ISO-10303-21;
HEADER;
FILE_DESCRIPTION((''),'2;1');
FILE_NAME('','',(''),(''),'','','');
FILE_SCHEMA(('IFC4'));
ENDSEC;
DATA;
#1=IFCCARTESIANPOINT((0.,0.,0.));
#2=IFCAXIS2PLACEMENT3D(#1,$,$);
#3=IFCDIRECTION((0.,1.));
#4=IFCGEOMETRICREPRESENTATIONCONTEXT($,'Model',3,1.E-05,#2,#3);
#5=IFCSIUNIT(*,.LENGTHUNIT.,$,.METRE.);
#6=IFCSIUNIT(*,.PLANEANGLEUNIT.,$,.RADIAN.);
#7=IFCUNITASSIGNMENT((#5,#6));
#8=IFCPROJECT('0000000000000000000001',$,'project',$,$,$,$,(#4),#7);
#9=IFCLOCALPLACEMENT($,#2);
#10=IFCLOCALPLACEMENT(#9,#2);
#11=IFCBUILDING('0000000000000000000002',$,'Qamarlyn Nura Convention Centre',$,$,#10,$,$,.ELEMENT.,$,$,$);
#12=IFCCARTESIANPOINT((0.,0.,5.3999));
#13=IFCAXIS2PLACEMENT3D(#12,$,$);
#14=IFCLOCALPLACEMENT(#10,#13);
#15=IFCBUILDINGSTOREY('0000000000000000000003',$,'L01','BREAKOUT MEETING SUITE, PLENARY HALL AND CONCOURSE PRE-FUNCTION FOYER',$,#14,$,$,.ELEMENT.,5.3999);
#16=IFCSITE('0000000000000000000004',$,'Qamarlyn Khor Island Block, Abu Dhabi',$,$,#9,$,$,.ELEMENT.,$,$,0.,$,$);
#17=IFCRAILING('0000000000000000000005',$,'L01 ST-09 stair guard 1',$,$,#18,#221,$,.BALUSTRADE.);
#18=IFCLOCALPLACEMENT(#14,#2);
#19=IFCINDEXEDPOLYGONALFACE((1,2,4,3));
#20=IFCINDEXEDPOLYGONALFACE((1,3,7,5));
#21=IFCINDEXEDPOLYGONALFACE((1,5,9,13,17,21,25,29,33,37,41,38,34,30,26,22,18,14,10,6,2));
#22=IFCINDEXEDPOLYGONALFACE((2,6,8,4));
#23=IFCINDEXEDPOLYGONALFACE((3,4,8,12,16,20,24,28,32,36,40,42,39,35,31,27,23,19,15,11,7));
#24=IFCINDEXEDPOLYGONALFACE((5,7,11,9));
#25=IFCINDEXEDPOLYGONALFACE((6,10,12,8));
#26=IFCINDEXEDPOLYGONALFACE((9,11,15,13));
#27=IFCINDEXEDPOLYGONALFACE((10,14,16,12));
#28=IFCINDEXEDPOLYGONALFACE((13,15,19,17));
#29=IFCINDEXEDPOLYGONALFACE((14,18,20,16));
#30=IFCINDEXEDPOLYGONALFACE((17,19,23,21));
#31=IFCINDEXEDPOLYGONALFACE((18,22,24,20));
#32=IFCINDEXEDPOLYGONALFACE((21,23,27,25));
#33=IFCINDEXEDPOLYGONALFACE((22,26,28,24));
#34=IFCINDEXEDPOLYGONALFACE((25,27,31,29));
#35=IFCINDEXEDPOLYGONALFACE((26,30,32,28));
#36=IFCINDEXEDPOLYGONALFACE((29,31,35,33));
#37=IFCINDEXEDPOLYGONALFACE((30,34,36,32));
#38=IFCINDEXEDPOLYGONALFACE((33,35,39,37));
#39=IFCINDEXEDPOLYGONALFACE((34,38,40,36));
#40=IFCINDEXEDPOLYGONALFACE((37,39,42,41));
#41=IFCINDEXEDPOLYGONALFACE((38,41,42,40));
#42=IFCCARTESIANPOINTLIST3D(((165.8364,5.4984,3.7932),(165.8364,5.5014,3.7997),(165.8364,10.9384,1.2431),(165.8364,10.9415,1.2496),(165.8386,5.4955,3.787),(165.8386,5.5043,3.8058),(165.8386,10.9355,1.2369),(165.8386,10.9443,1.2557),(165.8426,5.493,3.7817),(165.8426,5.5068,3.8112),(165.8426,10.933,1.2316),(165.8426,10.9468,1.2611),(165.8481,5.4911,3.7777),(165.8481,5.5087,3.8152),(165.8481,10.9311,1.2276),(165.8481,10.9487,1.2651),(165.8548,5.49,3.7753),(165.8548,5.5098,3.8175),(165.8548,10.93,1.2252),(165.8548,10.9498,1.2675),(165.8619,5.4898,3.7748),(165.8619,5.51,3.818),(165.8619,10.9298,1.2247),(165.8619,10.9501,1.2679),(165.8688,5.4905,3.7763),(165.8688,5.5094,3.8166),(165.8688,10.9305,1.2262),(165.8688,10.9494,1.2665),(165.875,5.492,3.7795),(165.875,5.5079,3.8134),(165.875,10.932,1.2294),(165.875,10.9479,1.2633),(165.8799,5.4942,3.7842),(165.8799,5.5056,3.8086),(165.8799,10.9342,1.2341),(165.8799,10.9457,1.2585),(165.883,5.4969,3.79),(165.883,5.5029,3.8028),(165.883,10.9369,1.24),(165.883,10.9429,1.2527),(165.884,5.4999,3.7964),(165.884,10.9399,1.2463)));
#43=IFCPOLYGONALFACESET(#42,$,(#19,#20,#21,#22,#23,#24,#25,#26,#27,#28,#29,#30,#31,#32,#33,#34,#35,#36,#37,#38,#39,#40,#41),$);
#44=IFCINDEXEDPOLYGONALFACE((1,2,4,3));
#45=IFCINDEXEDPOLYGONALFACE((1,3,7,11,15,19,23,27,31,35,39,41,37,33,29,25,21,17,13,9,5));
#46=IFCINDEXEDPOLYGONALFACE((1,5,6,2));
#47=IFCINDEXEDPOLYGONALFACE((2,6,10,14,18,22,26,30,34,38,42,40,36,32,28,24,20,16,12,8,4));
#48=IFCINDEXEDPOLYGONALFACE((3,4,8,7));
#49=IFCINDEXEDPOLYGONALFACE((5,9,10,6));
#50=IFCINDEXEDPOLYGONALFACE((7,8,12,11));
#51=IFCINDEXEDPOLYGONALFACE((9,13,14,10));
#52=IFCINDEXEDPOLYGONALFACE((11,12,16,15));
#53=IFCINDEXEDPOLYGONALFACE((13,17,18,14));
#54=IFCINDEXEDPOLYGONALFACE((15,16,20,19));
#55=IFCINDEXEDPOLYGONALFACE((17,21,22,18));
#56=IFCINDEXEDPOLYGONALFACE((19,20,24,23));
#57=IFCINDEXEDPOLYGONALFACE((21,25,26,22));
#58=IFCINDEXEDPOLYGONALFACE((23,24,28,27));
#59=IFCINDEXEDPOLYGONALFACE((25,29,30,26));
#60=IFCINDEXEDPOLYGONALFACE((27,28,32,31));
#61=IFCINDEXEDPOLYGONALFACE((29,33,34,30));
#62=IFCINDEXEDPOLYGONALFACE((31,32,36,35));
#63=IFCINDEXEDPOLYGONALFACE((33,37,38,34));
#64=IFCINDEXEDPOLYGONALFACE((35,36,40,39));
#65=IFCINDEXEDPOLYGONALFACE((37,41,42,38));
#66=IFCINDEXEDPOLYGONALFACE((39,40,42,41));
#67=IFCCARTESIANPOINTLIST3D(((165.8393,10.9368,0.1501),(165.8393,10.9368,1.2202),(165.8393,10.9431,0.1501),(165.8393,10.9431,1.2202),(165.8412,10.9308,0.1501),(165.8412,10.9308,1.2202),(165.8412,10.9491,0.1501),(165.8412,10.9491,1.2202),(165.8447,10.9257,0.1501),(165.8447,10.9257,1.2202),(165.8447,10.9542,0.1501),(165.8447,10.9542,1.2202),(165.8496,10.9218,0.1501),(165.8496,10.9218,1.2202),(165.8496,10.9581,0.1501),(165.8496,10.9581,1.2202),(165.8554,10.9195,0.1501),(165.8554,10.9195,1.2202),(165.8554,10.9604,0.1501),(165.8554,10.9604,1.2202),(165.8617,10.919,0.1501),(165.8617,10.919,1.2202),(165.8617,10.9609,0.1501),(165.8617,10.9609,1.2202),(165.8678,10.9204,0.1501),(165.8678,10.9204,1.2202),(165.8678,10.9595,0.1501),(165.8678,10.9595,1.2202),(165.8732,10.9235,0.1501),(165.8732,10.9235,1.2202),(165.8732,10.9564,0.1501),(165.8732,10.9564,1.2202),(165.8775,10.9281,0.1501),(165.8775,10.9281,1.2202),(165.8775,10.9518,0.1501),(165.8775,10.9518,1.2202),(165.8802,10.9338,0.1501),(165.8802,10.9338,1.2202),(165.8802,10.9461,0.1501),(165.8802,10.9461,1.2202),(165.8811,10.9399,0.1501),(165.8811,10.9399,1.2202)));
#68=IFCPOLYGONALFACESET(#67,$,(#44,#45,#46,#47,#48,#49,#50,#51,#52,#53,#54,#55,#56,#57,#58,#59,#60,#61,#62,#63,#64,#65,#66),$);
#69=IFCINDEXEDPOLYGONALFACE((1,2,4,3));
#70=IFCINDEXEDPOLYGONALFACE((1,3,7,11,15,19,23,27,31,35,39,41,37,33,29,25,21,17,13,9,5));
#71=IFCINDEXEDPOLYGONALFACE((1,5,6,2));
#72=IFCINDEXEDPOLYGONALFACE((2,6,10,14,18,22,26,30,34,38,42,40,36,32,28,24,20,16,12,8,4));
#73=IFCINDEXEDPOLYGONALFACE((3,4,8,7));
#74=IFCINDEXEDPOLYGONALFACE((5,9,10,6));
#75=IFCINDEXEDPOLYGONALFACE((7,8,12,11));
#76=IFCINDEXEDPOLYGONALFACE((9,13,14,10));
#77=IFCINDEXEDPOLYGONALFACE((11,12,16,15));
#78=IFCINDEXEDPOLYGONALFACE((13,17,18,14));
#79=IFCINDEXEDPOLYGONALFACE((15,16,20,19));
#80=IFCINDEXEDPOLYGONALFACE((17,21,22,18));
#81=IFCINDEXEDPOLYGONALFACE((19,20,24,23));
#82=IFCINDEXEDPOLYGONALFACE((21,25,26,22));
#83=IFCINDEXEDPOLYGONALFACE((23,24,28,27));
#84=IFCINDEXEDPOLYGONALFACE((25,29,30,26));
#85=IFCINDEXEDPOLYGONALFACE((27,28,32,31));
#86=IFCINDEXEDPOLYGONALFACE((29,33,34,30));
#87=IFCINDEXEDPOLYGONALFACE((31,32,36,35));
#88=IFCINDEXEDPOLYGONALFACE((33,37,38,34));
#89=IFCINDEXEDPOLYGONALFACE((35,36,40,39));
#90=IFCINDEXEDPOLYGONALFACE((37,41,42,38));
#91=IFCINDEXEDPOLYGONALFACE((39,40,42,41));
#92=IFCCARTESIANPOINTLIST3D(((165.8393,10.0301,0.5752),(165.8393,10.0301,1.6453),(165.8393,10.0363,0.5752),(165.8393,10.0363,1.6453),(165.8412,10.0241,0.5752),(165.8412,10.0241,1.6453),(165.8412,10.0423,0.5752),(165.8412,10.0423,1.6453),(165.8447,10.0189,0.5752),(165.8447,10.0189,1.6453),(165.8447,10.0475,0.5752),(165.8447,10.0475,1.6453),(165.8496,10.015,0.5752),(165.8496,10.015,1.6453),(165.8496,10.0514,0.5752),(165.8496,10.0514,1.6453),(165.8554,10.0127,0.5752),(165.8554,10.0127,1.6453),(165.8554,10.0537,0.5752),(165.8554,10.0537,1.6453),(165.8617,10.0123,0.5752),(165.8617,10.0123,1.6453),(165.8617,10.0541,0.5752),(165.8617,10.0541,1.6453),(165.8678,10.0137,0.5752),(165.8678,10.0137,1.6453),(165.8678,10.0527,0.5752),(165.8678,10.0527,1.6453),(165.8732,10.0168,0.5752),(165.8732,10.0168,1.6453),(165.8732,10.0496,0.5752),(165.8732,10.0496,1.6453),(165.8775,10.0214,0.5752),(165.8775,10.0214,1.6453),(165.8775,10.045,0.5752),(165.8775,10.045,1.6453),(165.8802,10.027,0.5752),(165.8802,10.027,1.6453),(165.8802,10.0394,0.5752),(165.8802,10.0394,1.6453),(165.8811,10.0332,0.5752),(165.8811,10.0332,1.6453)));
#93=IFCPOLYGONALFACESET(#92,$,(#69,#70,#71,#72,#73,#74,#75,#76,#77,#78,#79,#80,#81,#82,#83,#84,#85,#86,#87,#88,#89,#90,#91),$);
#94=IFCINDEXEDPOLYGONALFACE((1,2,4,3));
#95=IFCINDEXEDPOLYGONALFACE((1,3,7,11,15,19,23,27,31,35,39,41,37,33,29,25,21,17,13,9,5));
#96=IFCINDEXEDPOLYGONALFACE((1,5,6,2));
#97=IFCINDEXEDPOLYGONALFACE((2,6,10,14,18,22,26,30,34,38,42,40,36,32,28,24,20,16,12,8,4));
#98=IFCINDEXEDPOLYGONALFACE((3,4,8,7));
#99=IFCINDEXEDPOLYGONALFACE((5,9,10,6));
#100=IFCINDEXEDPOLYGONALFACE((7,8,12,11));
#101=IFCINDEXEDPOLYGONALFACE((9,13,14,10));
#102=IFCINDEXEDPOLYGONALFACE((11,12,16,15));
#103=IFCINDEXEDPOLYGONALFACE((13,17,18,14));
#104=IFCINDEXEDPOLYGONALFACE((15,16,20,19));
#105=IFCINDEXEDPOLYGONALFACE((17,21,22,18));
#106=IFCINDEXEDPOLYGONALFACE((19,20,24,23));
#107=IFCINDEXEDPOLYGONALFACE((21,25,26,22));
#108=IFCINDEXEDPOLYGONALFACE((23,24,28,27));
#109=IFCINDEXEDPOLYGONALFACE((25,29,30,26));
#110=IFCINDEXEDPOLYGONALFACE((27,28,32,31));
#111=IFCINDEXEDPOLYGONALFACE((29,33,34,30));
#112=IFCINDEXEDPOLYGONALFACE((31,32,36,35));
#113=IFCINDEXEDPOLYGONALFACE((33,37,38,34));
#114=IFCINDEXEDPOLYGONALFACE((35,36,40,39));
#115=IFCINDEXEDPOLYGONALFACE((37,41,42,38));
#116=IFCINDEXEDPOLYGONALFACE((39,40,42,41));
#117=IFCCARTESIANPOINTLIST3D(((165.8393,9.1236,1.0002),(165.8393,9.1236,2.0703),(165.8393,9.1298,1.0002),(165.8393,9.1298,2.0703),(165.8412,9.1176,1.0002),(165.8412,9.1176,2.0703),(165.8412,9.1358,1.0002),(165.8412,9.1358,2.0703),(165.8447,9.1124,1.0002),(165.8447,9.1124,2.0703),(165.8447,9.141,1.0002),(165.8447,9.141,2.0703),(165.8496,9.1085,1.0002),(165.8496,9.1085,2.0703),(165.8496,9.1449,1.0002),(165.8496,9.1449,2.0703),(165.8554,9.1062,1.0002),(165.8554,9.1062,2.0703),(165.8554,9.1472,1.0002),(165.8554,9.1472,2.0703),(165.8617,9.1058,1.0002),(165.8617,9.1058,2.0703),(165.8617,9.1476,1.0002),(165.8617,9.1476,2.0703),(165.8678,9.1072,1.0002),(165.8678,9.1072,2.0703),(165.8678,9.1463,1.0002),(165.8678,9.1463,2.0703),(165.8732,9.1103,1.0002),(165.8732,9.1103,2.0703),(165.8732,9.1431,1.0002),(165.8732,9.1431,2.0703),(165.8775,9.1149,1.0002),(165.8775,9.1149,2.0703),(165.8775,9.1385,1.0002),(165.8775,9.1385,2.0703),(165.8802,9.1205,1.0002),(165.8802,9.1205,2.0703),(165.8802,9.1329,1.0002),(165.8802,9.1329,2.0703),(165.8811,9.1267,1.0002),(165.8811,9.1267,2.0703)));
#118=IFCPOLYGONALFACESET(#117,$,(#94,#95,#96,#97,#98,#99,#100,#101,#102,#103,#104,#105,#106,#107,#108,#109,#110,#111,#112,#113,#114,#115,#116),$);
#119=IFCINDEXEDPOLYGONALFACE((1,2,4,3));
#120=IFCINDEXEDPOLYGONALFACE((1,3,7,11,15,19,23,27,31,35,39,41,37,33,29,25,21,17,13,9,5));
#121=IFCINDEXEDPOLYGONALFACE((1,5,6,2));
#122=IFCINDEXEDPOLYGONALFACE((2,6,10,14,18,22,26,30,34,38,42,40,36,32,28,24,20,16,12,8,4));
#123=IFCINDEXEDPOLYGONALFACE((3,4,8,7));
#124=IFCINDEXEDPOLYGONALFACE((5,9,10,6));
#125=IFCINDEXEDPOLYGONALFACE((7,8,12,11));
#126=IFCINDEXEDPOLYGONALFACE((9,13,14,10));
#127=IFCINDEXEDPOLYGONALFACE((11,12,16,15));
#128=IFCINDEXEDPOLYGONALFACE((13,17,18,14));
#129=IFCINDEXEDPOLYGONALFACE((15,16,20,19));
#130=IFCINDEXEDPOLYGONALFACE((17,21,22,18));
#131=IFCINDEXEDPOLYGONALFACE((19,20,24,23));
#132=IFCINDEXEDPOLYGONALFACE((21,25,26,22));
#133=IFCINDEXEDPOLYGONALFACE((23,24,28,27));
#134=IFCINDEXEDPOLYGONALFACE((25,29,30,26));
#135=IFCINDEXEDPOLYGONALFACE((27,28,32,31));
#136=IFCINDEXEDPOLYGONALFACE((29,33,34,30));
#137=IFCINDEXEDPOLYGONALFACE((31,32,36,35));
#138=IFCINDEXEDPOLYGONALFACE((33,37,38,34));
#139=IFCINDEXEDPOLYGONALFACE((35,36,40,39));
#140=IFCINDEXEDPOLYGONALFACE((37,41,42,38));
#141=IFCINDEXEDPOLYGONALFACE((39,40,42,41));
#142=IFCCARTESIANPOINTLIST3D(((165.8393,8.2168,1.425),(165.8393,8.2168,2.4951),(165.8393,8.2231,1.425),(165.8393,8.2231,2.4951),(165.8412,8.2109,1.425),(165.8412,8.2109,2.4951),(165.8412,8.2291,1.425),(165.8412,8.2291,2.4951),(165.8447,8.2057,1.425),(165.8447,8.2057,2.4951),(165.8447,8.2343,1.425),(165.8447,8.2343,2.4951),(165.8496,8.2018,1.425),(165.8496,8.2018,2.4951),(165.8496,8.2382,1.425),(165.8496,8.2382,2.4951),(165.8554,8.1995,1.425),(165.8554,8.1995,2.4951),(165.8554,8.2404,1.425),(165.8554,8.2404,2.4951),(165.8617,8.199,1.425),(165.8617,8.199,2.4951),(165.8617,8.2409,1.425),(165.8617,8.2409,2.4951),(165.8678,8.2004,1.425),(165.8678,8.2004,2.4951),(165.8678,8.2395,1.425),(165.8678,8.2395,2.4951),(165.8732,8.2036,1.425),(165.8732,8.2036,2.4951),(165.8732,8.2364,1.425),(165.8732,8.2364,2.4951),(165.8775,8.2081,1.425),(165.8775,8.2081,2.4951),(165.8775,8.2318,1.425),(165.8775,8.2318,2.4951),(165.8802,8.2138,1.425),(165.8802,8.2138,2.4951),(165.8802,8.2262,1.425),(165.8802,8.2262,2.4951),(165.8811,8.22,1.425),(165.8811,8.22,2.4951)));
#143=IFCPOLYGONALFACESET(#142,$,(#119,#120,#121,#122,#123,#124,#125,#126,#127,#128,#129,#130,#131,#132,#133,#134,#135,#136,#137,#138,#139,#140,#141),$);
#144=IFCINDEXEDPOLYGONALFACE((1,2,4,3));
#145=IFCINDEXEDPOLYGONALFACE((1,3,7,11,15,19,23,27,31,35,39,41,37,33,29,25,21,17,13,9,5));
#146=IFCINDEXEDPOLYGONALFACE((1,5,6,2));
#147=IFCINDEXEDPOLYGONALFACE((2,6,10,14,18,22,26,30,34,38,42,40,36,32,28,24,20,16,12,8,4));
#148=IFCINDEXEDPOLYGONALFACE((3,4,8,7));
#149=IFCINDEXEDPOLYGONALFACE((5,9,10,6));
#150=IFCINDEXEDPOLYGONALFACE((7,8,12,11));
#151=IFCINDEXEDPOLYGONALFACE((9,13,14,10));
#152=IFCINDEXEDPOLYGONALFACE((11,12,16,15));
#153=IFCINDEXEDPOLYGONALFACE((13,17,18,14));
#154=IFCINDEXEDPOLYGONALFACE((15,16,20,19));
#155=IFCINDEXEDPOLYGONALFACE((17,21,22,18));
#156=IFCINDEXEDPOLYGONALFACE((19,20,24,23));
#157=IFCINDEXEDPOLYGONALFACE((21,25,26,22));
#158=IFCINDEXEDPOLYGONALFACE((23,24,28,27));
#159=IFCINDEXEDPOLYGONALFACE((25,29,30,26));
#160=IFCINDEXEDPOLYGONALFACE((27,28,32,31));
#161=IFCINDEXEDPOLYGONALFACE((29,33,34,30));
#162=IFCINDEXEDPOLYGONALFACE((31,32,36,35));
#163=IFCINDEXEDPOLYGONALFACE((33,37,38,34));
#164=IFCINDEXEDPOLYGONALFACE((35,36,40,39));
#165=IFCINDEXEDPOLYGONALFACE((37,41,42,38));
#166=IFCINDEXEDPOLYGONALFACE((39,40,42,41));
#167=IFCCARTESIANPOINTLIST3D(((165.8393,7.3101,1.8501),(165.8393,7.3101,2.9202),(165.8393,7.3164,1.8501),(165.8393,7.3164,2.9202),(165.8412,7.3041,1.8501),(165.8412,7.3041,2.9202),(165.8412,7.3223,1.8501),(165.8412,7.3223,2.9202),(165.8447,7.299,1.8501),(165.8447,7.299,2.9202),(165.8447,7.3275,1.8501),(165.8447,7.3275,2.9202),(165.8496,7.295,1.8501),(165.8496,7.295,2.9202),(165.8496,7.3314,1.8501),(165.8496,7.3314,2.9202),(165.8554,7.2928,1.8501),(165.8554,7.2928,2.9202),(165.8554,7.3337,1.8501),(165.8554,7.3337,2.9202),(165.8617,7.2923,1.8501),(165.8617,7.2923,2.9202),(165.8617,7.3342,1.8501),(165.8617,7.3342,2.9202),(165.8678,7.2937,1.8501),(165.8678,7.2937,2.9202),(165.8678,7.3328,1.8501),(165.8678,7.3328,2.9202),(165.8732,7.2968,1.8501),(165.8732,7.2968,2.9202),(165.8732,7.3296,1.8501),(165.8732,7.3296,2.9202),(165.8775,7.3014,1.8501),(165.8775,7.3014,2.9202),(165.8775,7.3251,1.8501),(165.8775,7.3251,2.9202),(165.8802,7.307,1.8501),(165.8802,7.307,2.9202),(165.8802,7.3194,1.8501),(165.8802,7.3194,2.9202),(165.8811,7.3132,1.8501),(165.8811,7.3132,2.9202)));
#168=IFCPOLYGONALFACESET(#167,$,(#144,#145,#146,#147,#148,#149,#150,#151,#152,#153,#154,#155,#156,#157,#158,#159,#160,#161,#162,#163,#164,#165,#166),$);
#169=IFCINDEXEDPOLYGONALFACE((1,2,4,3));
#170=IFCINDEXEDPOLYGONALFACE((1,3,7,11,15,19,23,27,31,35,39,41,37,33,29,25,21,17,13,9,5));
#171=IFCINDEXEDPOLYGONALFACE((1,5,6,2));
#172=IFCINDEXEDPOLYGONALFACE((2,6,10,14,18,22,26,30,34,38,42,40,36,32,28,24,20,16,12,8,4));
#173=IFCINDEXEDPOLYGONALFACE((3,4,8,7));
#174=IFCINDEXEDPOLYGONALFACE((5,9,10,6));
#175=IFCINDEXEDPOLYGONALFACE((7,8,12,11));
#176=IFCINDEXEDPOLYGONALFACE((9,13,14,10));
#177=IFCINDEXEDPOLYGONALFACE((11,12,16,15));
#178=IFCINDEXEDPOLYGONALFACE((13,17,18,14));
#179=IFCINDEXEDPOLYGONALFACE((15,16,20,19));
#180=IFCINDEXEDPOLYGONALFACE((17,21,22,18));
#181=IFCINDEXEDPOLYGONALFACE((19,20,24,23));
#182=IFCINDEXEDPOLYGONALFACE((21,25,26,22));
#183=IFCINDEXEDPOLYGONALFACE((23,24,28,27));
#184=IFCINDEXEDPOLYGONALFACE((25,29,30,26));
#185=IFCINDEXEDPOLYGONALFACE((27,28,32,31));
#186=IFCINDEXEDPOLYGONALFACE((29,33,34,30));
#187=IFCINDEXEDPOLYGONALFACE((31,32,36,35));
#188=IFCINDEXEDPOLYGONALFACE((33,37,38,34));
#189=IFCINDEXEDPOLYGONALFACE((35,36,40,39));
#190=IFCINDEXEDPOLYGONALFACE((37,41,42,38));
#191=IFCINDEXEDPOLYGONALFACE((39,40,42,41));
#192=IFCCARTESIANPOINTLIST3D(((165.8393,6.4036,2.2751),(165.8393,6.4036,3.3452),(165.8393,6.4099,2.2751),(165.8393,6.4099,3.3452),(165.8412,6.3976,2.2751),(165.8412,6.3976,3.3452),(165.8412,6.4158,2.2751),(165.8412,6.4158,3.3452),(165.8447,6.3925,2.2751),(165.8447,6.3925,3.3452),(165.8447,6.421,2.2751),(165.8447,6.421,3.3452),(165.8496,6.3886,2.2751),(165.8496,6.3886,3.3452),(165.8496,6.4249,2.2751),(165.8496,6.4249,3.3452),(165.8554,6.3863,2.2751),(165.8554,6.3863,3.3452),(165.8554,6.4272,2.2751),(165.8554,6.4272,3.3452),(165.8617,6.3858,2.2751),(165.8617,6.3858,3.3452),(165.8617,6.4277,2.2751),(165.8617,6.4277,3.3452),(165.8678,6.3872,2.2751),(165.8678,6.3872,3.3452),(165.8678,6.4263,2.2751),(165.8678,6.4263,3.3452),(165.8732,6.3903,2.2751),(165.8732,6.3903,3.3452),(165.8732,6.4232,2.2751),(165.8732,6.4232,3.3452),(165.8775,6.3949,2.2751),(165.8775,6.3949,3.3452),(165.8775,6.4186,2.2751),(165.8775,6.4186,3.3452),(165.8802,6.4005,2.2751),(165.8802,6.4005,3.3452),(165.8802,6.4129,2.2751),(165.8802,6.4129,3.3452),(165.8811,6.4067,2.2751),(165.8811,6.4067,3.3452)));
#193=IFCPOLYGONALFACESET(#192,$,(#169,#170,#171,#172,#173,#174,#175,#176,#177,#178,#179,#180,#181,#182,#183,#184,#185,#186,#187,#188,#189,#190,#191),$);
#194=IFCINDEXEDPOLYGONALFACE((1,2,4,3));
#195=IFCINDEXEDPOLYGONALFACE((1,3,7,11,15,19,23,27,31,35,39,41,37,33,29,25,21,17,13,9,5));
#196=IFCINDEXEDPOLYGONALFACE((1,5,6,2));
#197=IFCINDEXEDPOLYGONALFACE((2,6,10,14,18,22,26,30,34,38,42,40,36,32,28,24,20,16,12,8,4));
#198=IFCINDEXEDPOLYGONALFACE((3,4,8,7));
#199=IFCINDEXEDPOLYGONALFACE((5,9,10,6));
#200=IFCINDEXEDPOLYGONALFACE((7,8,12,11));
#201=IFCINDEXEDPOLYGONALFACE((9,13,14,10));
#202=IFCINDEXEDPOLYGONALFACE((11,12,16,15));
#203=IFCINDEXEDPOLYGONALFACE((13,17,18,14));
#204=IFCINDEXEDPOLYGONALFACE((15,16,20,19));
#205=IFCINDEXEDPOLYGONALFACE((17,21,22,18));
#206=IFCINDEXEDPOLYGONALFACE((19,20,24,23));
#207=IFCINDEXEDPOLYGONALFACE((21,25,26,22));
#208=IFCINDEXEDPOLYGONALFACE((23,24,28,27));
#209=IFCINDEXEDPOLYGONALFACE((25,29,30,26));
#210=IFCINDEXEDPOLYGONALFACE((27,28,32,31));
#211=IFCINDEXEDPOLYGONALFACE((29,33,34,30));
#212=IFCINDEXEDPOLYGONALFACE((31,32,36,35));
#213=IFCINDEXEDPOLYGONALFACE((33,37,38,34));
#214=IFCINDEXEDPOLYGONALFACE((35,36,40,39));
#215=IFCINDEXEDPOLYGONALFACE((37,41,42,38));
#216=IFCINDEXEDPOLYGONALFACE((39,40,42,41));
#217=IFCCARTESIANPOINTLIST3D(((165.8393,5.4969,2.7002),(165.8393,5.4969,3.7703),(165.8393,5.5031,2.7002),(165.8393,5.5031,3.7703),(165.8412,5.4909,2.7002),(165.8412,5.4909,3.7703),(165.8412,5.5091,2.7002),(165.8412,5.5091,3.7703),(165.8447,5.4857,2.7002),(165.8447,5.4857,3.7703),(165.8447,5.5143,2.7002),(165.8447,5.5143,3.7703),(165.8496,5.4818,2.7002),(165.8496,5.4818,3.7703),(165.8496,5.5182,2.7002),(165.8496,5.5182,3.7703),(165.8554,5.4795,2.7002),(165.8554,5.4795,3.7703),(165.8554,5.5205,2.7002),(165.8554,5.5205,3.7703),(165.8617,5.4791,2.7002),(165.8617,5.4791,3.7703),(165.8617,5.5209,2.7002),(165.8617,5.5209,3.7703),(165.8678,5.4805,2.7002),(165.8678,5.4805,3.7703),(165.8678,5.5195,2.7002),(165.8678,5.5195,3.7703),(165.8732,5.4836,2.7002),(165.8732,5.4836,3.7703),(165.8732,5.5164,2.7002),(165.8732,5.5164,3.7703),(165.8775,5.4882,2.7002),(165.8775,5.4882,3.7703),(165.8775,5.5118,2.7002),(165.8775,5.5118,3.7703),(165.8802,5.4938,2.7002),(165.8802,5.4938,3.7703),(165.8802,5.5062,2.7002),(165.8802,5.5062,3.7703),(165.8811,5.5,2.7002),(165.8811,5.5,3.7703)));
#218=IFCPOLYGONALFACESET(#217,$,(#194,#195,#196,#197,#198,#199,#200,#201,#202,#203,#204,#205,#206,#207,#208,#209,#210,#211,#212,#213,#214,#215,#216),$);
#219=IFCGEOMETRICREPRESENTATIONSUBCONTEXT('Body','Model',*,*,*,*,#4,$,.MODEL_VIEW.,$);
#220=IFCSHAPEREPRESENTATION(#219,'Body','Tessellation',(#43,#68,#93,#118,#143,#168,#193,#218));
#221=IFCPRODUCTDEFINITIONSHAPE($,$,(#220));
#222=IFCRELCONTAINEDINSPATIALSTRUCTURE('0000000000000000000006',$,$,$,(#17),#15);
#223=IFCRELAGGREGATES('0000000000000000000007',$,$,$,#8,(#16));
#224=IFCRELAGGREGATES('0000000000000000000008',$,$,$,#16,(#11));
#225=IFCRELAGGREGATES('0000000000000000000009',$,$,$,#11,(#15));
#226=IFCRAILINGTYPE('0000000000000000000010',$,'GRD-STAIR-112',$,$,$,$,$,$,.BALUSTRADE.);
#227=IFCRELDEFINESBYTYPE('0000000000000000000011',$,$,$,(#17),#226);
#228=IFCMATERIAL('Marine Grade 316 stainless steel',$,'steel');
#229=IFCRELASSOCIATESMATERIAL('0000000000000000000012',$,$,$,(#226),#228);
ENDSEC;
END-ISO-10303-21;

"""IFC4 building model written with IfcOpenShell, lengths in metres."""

from ifc_helpers import new_model, si_unit, direction, frame, origin, origin_2d, place, context, subcontext, project, spatial, circle, extrude, material, type_object, element, save


model = new_model("IFC4")

# Units and contexts
model_context = context("Model", 3, precision=1e-05, world=origin(), true_north=direction((0.0, 1.0)))
body_context = subcontext(model_context, "Body", "Model", "MODEL_VIEW")
ifc_project = project(units=[si_unit("LENGTHUNIT", "METRE"), si_unit("PLANEANGLEUNIT", "RADIAN")], contexts=[model_context])

# Site, building, storey
site_placement = place(None, origin())
site = spatial("IfcSite", under=ifc_project, at=site_placement, Name="Qamarlyn Khor Island Block, Abu Dhabi", CompositionType="ELEMENT", RefElevation=0.0)
building_placement = place(site_placement, origin())
building = spatial("IfcBuilding", under=site, at=building_placement, Name="Qamarlyn Nura Convention Centre", CompositionType="ELEMENT")
storey_placement = place(building_placement, frame((0.0, 0.0, 5.3999)))
storey = spatial("IfcBuildingStorey", under=building, at=storey_placement, Name="L01", Description="BREAKOUT MEETING SUITE, PLENARY HALL AND CONCOURSE PRE-FUNCTION FOYER", CompositionType="ELEMENT", Elevation=5.3999)

# Shared definitions
ifc_material_1 = material(Name="Marine Grade 316 stainless steel", Category="steel")

# Railing
railing_type_1 = type_object("IfcRailingType", Name="GRD-STAIR-112", PredefinedType="BALUSTRADE", material=ifc_material_1)
railing_1_placement = place(storey_placement, frame((165.8601, 10.9399, 0.1501)))
element("IfcRailing", 1, at=railing_1_placement, inside=storey, type_object=railing_type_1, Name="L01 ST-09 stair guard 1", PredefinedType="BALUSTRADE", context=body_context, shape_type="SweptSolid", body=[
    extrude(circle(Radius=0.0239, at=origin_2d()), frame((0.0, 0.0, 1.0962), z_axis=(0.0, -0.905454, 0.424444), x_axis=(1.0, 0.0, 0.0)), (0.0, 0.0, 1.0), 6.0081),
    extrude(circle(Radius=0.021, at=origin_2d()), origin(), (0.0, 0.0, 1.0), 1.0701),
    extrude(circle(Radius=0.021, at=origin_2d()), frame((0.0, -0.9067, 0.425)), (0.0, 0.0, 1.0), 1.0701),
    extrude(circle(Radius=0.021, at=origin_2d()), frame((0.0, -1.8132, 0.8501)), (0.0, 0.0, 1.0), 1.0701),
    extrude(circle(Radius=0.021, at=origin_2d()), frame((0.0, -2.72, 1.2749)), (0.0, 0.0, 1.0), 1.0701),
    extrude(circle(Radius=0.021, at=origin_2d()), frame((0.0, -3.6267, 1.7)), (0.0, 0.0, 1.0), 1.0701),
    extrude(circle(Radius=0.021, at=origin_2d()), frame((0.0, -4.5332, 2.125)), (0.0, 0.0, 1.0), 1.0701),
    extrude(circle(Radius=0.021, at=origin_2d()), frame((0.0, -5.4399, 2.55)), (0.0, 0.0, 1.0), 1.0701),
])

save(model, "model.ifc")
